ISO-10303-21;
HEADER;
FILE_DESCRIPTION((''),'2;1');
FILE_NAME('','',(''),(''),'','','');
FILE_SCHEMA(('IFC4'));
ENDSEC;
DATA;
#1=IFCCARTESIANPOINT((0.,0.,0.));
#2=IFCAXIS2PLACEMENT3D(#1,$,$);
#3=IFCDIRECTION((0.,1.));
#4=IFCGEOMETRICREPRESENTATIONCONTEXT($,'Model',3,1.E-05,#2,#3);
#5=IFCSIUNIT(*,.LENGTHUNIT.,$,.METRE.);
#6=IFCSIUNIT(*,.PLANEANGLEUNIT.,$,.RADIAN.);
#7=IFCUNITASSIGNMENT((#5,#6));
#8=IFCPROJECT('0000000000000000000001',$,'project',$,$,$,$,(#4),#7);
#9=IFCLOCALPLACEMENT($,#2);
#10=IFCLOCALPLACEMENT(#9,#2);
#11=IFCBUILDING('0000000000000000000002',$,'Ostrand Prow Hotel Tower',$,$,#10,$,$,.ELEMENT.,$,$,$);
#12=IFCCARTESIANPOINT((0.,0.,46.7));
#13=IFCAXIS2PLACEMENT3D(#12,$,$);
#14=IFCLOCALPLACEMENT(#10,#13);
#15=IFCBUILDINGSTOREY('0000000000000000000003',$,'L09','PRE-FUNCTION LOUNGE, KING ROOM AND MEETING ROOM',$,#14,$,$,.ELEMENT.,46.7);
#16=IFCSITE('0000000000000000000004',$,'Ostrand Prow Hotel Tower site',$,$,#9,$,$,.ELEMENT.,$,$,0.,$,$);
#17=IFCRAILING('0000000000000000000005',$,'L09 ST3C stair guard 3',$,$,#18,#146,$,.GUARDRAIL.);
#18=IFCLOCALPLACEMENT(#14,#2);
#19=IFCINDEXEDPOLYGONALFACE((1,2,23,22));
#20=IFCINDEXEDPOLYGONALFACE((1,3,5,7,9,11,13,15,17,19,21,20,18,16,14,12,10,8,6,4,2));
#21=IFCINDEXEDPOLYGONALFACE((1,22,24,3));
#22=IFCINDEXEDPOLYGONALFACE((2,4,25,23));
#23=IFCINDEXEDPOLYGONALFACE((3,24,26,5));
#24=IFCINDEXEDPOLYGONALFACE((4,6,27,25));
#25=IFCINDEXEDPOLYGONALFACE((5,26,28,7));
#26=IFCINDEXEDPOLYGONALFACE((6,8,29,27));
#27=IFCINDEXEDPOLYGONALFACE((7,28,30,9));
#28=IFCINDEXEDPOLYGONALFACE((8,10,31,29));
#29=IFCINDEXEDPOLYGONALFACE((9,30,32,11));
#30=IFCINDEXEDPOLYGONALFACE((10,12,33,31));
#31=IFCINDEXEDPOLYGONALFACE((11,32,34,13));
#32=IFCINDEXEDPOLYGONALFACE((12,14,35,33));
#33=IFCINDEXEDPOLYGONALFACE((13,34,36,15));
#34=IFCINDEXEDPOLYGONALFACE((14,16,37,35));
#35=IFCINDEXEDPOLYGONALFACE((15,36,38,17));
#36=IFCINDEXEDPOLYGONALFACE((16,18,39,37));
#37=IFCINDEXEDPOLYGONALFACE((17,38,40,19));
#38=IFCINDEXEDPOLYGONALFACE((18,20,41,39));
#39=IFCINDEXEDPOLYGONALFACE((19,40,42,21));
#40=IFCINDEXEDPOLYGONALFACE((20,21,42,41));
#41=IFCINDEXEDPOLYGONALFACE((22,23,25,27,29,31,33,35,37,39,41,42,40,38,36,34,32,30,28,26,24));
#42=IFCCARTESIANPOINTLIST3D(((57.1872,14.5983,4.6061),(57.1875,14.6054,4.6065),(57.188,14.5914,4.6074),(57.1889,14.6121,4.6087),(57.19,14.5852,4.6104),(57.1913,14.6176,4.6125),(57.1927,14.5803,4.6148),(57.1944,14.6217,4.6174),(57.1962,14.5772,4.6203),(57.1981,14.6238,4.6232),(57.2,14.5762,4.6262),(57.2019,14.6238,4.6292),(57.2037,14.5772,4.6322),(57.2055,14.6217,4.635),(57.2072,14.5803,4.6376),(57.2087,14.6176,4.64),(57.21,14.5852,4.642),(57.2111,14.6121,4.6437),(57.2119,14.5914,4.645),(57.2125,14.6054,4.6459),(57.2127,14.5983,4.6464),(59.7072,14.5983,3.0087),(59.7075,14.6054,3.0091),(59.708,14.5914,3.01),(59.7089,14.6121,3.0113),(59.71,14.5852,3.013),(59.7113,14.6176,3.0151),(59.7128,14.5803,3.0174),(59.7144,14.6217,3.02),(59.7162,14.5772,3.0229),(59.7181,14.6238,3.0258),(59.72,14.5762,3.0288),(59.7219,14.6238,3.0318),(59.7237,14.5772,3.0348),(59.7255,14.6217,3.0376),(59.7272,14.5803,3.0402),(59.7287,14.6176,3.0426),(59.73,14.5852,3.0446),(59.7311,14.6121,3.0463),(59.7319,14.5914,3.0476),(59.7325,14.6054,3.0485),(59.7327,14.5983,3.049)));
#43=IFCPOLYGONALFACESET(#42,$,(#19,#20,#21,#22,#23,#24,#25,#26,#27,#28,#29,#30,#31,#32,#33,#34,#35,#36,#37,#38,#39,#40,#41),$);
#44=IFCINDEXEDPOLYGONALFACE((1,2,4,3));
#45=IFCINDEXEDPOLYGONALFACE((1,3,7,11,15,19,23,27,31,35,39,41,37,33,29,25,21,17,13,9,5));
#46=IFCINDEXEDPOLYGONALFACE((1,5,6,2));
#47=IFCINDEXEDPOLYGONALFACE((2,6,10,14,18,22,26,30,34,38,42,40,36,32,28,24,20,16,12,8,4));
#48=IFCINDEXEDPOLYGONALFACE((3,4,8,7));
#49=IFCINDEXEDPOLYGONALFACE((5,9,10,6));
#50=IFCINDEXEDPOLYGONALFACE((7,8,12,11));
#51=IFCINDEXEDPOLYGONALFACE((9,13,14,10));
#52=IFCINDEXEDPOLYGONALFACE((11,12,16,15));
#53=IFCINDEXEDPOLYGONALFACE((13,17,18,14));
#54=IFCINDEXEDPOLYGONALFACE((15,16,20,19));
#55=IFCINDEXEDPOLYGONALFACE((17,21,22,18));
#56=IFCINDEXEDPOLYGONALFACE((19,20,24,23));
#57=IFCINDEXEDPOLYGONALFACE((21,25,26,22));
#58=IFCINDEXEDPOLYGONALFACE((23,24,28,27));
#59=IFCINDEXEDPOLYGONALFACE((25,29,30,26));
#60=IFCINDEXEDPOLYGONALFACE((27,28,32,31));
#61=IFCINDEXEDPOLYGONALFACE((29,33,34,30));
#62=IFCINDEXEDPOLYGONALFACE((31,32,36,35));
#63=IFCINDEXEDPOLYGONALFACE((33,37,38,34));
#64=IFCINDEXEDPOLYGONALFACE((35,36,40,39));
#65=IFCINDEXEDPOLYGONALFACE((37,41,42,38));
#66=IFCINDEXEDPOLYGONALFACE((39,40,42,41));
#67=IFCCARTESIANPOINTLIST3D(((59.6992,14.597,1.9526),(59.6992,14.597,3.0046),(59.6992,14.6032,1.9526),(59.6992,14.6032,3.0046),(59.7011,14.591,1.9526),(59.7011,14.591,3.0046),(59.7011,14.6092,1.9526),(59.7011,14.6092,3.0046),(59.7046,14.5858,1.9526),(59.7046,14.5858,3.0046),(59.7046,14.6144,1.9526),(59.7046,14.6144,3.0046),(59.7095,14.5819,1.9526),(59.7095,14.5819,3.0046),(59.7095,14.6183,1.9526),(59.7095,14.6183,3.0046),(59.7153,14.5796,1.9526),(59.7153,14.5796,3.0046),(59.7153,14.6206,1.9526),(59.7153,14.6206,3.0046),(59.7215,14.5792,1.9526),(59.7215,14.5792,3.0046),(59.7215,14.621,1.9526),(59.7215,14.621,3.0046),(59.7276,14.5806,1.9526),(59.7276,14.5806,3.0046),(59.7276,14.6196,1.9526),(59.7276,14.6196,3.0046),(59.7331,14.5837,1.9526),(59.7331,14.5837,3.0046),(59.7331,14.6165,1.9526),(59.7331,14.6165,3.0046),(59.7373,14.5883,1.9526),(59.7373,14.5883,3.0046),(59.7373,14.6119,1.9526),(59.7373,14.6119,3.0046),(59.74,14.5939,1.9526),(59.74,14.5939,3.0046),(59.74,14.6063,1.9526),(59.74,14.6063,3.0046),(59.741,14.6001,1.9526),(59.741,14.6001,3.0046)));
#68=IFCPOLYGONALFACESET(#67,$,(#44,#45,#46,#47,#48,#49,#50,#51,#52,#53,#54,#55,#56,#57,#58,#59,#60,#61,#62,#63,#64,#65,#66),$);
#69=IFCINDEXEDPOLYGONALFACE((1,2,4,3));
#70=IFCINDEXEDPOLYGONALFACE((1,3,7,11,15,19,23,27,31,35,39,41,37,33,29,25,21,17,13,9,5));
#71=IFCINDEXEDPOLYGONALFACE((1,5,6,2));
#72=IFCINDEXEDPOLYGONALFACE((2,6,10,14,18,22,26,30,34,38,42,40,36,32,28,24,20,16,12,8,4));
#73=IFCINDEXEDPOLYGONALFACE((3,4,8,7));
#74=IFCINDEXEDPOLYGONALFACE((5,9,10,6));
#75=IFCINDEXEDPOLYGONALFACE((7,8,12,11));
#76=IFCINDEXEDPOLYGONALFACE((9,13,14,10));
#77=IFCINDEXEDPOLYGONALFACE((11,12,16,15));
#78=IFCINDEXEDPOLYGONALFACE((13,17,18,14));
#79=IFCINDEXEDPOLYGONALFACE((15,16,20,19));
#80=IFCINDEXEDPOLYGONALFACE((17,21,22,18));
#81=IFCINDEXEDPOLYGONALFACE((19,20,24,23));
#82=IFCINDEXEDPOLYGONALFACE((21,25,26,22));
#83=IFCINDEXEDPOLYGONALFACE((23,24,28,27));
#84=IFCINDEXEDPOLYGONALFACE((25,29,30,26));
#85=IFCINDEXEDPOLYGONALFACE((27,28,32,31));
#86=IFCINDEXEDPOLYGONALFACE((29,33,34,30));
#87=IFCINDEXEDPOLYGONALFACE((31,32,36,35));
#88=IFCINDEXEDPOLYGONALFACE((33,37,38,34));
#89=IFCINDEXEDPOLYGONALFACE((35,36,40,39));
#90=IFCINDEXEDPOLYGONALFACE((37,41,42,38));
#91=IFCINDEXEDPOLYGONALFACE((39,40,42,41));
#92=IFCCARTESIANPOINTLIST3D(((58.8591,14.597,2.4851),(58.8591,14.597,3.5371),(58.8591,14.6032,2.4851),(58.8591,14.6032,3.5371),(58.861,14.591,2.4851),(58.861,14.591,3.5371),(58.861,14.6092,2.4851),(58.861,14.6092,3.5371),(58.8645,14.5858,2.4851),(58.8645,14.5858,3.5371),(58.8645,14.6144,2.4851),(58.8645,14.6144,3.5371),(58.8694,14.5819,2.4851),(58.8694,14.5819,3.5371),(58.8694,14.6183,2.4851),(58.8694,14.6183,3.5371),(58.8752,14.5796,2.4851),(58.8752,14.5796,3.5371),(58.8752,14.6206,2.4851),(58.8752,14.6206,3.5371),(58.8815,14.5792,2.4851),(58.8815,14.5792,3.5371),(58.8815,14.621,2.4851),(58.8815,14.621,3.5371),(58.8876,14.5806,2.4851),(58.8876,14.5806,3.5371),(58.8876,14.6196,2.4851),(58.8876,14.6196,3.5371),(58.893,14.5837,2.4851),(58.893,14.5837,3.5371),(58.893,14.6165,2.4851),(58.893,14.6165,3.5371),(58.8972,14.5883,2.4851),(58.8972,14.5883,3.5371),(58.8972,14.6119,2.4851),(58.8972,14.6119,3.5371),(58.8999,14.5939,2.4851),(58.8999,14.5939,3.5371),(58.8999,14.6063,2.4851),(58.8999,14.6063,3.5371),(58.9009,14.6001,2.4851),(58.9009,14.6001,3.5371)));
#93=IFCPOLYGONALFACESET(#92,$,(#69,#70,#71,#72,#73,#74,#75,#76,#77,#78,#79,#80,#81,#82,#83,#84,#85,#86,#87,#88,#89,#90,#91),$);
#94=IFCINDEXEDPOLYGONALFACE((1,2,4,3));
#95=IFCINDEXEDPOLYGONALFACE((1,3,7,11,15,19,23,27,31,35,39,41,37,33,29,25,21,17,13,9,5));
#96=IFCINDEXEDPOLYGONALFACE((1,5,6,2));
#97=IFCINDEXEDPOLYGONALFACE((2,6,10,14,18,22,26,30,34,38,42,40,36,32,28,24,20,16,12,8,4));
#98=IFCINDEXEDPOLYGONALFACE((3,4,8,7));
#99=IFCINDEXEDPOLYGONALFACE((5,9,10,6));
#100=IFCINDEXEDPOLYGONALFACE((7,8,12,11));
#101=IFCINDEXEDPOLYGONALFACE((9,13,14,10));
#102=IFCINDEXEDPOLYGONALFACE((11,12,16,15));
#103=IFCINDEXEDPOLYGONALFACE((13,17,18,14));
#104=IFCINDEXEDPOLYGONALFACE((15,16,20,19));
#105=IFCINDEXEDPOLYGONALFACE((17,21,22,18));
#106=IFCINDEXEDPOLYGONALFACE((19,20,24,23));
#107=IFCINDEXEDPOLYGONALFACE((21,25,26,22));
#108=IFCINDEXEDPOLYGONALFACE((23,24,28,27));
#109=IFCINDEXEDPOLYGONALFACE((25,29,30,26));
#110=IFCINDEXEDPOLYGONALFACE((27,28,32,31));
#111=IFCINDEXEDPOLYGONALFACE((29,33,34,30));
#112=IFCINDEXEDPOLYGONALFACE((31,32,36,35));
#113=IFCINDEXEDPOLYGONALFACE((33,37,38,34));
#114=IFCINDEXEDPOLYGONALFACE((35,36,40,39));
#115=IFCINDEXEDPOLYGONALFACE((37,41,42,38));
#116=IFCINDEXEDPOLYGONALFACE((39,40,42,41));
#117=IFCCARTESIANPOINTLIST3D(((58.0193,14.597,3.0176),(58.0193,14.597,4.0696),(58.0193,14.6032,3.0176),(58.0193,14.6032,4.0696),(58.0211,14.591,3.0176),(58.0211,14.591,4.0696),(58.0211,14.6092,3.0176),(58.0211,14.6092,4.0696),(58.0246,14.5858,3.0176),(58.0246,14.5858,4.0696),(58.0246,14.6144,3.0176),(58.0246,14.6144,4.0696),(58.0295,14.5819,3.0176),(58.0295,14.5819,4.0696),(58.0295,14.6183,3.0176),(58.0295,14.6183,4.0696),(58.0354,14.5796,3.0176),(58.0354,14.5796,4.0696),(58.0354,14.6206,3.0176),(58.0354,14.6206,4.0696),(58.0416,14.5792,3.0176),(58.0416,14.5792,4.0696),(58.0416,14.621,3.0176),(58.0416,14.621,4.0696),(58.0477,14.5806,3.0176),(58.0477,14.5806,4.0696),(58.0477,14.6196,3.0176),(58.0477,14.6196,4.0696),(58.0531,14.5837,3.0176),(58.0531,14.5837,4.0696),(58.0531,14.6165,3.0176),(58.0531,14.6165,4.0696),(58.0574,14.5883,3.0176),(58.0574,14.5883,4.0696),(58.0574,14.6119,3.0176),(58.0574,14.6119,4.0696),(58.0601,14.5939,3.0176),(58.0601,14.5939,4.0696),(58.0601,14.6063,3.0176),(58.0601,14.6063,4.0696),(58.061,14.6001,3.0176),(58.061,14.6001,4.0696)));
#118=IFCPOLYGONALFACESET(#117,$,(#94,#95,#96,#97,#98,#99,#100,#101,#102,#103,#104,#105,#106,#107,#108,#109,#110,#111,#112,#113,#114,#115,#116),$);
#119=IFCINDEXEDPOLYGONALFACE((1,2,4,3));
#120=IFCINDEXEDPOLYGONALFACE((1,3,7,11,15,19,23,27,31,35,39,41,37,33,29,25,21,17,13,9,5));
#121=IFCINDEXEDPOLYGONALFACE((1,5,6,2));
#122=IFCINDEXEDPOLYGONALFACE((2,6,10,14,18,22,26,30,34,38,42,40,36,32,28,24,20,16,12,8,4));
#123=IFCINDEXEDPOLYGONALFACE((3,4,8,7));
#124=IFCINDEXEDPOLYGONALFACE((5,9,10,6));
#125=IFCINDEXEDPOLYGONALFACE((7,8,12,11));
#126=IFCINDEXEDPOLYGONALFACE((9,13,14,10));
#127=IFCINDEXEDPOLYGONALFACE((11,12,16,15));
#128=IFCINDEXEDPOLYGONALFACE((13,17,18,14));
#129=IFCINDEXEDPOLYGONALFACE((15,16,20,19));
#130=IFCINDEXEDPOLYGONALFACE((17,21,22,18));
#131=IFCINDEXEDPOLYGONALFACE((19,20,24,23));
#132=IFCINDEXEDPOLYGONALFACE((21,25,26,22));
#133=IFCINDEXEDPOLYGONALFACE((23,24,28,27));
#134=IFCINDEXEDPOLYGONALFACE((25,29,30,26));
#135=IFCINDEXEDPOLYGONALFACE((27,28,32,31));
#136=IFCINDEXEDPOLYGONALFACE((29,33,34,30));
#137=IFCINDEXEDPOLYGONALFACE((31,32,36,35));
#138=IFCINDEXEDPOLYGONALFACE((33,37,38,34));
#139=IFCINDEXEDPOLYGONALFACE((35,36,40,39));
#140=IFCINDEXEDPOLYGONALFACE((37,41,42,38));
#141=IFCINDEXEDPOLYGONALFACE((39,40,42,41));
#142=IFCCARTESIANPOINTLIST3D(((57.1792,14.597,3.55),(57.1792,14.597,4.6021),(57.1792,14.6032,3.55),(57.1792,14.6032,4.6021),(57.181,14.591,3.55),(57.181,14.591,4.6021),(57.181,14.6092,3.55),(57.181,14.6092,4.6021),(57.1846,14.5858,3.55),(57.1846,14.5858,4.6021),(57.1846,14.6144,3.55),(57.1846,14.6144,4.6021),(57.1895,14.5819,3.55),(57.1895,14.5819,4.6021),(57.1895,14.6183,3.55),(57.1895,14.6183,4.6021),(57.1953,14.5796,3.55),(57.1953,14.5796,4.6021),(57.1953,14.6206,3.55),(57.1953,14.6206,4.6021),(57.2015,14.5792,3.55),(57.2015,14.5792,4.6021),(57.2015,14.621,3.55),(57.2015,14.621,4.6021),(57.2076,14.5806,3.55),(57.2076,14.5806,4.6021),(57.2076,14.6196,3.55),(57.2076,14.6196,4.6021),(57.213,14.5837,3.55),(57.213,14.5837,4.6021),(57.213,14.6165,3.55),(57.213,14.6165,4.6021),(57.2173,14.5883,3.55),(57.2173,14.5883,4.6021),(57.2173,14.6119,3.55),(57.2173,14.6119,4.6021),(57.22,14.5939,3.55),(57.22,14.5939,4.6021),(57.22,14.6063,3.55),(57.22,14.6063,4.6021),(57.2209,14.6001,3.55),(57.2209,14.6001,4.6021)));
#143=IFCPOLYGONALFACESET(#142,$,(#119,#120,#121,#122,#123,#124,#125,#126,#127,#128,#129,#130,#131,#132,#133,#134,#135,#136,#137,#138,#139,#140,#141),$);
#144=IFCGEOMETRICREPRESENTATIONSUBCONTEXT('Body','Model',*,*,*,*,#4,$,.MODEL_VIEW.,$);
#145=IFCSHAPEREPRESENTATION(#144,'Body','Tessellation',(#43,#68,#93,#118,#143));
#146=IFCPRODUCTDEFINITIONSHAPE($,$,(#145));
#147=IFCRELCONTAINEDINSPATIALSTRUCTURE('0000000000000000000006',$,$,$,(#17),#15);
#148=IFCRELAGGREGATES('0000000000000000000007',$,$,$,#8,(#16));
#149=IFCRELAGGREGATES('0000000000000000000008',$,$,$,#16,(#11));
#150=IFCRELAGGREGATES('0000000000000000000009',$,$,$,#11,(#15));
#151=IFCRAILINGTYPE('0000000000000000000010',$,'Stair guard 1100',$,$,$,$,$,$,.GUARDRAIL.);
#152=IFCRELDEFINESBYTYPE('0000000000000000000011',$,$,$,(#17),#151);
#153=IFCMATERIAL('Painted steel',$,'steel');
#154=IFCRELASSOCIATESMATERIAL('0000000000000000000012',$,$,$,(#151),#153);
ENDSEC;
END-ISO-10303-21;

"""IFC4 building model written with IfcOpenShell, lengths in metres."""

from ifc_helpers import new_model, si_unit, direction, frame, origin, origin_2d, place, context, subcontext, project, spatial, circle, extrude, material, type_object, element, save


model = new_model("IFC4")

# Units and contexts
model_context = context("Model", 3, precision=1e-05, world=origin(), true_north=direction((0.0, 1.0)))
body_context = subcontext(model_context, "Body", "Model", "MODEL_VIEW")
ifc_project = project(units=[si_unit("LENGTHUNIT", "METRE"), si_unit("PLANEANGLEUNIT", "RADIAN")], contexts=[model_context])

# Site, building, storey
site_placement = place(None, origin())
site = spatial("IfcSite", under=ifc_project, at=site_placement, Name="Ostrand Prow Hotel Tower site", CompositionType="ELEMENT", RefElevation=0.0)
building_placement = place(site_placement, origin())
building = spatial("IfcBuilding", under=site, at=building_placement, Name="Ostrand Prow Hotel Tower", CompositionType="ELEMENT")
storey_placement = place(building_placement, frame((0.0, 0.0, 46.7)))
storey = spatial("IfcBuildingStorey", under=building, at=storey_placement, Name="L09", Description="PRE-FUNCTION LOUNGE, KING ROOM AND MEETING ROOM", CompositionType="ELEMENT", Elevation=46.7)

# Railing
ifc_material_1 = material(Name="Painted steel", Category="steel")
railing_type_1 = type_object("IfcRailingType", Name="Stair guard 1100", PredefinedType="GUARDRAIL", material=ifc_material_1)
railing_1_placement = place(storey_placement, frame((59.72, 14.6001, 1.9526)))
element("IfcRailing", 1, at=railing_1_placement, inside=storey, type_object=railing_type_1, Name="L09 ST3C stair guard 3", PredefinedType="GUARDRAIL", context=body_context, shape_type="SweptSolid", body=[
    extrude(circle(Radius=0.0239, at=origin_2d()), frame((0.0, 0.0, 1.0762), z_axis=(-0.844607, 0.0, 0.535387), x_axis=(0.0, -1.0, 0.0)), (0.0, 0.0, 1.0), 2.9836),
    extrude(circle(Radius=0.021, at=origin_2d()), origin(), (0.0, 0.0, 1.0), 1.052),
    extrude(circle(Radius=0.021, at=origin_2d()), frame((-0.8401, 0.0, 0.5325)), (0.0, 0.0, 1.0), 1.052),
    extrude(circle(Radius=0.021, at=origin_2d()), frame((-1.6799, 0.0, 1.0649)), (0.0, 0.0, 1.0), 1.052),
    extrude(circle(Radius=0.021, at=origin_2d()), frame((-2.52, 0.0, 1.5974)), (0.0, 0.0, 1.0), 1.052),
])

save(model, "model.ifc")
